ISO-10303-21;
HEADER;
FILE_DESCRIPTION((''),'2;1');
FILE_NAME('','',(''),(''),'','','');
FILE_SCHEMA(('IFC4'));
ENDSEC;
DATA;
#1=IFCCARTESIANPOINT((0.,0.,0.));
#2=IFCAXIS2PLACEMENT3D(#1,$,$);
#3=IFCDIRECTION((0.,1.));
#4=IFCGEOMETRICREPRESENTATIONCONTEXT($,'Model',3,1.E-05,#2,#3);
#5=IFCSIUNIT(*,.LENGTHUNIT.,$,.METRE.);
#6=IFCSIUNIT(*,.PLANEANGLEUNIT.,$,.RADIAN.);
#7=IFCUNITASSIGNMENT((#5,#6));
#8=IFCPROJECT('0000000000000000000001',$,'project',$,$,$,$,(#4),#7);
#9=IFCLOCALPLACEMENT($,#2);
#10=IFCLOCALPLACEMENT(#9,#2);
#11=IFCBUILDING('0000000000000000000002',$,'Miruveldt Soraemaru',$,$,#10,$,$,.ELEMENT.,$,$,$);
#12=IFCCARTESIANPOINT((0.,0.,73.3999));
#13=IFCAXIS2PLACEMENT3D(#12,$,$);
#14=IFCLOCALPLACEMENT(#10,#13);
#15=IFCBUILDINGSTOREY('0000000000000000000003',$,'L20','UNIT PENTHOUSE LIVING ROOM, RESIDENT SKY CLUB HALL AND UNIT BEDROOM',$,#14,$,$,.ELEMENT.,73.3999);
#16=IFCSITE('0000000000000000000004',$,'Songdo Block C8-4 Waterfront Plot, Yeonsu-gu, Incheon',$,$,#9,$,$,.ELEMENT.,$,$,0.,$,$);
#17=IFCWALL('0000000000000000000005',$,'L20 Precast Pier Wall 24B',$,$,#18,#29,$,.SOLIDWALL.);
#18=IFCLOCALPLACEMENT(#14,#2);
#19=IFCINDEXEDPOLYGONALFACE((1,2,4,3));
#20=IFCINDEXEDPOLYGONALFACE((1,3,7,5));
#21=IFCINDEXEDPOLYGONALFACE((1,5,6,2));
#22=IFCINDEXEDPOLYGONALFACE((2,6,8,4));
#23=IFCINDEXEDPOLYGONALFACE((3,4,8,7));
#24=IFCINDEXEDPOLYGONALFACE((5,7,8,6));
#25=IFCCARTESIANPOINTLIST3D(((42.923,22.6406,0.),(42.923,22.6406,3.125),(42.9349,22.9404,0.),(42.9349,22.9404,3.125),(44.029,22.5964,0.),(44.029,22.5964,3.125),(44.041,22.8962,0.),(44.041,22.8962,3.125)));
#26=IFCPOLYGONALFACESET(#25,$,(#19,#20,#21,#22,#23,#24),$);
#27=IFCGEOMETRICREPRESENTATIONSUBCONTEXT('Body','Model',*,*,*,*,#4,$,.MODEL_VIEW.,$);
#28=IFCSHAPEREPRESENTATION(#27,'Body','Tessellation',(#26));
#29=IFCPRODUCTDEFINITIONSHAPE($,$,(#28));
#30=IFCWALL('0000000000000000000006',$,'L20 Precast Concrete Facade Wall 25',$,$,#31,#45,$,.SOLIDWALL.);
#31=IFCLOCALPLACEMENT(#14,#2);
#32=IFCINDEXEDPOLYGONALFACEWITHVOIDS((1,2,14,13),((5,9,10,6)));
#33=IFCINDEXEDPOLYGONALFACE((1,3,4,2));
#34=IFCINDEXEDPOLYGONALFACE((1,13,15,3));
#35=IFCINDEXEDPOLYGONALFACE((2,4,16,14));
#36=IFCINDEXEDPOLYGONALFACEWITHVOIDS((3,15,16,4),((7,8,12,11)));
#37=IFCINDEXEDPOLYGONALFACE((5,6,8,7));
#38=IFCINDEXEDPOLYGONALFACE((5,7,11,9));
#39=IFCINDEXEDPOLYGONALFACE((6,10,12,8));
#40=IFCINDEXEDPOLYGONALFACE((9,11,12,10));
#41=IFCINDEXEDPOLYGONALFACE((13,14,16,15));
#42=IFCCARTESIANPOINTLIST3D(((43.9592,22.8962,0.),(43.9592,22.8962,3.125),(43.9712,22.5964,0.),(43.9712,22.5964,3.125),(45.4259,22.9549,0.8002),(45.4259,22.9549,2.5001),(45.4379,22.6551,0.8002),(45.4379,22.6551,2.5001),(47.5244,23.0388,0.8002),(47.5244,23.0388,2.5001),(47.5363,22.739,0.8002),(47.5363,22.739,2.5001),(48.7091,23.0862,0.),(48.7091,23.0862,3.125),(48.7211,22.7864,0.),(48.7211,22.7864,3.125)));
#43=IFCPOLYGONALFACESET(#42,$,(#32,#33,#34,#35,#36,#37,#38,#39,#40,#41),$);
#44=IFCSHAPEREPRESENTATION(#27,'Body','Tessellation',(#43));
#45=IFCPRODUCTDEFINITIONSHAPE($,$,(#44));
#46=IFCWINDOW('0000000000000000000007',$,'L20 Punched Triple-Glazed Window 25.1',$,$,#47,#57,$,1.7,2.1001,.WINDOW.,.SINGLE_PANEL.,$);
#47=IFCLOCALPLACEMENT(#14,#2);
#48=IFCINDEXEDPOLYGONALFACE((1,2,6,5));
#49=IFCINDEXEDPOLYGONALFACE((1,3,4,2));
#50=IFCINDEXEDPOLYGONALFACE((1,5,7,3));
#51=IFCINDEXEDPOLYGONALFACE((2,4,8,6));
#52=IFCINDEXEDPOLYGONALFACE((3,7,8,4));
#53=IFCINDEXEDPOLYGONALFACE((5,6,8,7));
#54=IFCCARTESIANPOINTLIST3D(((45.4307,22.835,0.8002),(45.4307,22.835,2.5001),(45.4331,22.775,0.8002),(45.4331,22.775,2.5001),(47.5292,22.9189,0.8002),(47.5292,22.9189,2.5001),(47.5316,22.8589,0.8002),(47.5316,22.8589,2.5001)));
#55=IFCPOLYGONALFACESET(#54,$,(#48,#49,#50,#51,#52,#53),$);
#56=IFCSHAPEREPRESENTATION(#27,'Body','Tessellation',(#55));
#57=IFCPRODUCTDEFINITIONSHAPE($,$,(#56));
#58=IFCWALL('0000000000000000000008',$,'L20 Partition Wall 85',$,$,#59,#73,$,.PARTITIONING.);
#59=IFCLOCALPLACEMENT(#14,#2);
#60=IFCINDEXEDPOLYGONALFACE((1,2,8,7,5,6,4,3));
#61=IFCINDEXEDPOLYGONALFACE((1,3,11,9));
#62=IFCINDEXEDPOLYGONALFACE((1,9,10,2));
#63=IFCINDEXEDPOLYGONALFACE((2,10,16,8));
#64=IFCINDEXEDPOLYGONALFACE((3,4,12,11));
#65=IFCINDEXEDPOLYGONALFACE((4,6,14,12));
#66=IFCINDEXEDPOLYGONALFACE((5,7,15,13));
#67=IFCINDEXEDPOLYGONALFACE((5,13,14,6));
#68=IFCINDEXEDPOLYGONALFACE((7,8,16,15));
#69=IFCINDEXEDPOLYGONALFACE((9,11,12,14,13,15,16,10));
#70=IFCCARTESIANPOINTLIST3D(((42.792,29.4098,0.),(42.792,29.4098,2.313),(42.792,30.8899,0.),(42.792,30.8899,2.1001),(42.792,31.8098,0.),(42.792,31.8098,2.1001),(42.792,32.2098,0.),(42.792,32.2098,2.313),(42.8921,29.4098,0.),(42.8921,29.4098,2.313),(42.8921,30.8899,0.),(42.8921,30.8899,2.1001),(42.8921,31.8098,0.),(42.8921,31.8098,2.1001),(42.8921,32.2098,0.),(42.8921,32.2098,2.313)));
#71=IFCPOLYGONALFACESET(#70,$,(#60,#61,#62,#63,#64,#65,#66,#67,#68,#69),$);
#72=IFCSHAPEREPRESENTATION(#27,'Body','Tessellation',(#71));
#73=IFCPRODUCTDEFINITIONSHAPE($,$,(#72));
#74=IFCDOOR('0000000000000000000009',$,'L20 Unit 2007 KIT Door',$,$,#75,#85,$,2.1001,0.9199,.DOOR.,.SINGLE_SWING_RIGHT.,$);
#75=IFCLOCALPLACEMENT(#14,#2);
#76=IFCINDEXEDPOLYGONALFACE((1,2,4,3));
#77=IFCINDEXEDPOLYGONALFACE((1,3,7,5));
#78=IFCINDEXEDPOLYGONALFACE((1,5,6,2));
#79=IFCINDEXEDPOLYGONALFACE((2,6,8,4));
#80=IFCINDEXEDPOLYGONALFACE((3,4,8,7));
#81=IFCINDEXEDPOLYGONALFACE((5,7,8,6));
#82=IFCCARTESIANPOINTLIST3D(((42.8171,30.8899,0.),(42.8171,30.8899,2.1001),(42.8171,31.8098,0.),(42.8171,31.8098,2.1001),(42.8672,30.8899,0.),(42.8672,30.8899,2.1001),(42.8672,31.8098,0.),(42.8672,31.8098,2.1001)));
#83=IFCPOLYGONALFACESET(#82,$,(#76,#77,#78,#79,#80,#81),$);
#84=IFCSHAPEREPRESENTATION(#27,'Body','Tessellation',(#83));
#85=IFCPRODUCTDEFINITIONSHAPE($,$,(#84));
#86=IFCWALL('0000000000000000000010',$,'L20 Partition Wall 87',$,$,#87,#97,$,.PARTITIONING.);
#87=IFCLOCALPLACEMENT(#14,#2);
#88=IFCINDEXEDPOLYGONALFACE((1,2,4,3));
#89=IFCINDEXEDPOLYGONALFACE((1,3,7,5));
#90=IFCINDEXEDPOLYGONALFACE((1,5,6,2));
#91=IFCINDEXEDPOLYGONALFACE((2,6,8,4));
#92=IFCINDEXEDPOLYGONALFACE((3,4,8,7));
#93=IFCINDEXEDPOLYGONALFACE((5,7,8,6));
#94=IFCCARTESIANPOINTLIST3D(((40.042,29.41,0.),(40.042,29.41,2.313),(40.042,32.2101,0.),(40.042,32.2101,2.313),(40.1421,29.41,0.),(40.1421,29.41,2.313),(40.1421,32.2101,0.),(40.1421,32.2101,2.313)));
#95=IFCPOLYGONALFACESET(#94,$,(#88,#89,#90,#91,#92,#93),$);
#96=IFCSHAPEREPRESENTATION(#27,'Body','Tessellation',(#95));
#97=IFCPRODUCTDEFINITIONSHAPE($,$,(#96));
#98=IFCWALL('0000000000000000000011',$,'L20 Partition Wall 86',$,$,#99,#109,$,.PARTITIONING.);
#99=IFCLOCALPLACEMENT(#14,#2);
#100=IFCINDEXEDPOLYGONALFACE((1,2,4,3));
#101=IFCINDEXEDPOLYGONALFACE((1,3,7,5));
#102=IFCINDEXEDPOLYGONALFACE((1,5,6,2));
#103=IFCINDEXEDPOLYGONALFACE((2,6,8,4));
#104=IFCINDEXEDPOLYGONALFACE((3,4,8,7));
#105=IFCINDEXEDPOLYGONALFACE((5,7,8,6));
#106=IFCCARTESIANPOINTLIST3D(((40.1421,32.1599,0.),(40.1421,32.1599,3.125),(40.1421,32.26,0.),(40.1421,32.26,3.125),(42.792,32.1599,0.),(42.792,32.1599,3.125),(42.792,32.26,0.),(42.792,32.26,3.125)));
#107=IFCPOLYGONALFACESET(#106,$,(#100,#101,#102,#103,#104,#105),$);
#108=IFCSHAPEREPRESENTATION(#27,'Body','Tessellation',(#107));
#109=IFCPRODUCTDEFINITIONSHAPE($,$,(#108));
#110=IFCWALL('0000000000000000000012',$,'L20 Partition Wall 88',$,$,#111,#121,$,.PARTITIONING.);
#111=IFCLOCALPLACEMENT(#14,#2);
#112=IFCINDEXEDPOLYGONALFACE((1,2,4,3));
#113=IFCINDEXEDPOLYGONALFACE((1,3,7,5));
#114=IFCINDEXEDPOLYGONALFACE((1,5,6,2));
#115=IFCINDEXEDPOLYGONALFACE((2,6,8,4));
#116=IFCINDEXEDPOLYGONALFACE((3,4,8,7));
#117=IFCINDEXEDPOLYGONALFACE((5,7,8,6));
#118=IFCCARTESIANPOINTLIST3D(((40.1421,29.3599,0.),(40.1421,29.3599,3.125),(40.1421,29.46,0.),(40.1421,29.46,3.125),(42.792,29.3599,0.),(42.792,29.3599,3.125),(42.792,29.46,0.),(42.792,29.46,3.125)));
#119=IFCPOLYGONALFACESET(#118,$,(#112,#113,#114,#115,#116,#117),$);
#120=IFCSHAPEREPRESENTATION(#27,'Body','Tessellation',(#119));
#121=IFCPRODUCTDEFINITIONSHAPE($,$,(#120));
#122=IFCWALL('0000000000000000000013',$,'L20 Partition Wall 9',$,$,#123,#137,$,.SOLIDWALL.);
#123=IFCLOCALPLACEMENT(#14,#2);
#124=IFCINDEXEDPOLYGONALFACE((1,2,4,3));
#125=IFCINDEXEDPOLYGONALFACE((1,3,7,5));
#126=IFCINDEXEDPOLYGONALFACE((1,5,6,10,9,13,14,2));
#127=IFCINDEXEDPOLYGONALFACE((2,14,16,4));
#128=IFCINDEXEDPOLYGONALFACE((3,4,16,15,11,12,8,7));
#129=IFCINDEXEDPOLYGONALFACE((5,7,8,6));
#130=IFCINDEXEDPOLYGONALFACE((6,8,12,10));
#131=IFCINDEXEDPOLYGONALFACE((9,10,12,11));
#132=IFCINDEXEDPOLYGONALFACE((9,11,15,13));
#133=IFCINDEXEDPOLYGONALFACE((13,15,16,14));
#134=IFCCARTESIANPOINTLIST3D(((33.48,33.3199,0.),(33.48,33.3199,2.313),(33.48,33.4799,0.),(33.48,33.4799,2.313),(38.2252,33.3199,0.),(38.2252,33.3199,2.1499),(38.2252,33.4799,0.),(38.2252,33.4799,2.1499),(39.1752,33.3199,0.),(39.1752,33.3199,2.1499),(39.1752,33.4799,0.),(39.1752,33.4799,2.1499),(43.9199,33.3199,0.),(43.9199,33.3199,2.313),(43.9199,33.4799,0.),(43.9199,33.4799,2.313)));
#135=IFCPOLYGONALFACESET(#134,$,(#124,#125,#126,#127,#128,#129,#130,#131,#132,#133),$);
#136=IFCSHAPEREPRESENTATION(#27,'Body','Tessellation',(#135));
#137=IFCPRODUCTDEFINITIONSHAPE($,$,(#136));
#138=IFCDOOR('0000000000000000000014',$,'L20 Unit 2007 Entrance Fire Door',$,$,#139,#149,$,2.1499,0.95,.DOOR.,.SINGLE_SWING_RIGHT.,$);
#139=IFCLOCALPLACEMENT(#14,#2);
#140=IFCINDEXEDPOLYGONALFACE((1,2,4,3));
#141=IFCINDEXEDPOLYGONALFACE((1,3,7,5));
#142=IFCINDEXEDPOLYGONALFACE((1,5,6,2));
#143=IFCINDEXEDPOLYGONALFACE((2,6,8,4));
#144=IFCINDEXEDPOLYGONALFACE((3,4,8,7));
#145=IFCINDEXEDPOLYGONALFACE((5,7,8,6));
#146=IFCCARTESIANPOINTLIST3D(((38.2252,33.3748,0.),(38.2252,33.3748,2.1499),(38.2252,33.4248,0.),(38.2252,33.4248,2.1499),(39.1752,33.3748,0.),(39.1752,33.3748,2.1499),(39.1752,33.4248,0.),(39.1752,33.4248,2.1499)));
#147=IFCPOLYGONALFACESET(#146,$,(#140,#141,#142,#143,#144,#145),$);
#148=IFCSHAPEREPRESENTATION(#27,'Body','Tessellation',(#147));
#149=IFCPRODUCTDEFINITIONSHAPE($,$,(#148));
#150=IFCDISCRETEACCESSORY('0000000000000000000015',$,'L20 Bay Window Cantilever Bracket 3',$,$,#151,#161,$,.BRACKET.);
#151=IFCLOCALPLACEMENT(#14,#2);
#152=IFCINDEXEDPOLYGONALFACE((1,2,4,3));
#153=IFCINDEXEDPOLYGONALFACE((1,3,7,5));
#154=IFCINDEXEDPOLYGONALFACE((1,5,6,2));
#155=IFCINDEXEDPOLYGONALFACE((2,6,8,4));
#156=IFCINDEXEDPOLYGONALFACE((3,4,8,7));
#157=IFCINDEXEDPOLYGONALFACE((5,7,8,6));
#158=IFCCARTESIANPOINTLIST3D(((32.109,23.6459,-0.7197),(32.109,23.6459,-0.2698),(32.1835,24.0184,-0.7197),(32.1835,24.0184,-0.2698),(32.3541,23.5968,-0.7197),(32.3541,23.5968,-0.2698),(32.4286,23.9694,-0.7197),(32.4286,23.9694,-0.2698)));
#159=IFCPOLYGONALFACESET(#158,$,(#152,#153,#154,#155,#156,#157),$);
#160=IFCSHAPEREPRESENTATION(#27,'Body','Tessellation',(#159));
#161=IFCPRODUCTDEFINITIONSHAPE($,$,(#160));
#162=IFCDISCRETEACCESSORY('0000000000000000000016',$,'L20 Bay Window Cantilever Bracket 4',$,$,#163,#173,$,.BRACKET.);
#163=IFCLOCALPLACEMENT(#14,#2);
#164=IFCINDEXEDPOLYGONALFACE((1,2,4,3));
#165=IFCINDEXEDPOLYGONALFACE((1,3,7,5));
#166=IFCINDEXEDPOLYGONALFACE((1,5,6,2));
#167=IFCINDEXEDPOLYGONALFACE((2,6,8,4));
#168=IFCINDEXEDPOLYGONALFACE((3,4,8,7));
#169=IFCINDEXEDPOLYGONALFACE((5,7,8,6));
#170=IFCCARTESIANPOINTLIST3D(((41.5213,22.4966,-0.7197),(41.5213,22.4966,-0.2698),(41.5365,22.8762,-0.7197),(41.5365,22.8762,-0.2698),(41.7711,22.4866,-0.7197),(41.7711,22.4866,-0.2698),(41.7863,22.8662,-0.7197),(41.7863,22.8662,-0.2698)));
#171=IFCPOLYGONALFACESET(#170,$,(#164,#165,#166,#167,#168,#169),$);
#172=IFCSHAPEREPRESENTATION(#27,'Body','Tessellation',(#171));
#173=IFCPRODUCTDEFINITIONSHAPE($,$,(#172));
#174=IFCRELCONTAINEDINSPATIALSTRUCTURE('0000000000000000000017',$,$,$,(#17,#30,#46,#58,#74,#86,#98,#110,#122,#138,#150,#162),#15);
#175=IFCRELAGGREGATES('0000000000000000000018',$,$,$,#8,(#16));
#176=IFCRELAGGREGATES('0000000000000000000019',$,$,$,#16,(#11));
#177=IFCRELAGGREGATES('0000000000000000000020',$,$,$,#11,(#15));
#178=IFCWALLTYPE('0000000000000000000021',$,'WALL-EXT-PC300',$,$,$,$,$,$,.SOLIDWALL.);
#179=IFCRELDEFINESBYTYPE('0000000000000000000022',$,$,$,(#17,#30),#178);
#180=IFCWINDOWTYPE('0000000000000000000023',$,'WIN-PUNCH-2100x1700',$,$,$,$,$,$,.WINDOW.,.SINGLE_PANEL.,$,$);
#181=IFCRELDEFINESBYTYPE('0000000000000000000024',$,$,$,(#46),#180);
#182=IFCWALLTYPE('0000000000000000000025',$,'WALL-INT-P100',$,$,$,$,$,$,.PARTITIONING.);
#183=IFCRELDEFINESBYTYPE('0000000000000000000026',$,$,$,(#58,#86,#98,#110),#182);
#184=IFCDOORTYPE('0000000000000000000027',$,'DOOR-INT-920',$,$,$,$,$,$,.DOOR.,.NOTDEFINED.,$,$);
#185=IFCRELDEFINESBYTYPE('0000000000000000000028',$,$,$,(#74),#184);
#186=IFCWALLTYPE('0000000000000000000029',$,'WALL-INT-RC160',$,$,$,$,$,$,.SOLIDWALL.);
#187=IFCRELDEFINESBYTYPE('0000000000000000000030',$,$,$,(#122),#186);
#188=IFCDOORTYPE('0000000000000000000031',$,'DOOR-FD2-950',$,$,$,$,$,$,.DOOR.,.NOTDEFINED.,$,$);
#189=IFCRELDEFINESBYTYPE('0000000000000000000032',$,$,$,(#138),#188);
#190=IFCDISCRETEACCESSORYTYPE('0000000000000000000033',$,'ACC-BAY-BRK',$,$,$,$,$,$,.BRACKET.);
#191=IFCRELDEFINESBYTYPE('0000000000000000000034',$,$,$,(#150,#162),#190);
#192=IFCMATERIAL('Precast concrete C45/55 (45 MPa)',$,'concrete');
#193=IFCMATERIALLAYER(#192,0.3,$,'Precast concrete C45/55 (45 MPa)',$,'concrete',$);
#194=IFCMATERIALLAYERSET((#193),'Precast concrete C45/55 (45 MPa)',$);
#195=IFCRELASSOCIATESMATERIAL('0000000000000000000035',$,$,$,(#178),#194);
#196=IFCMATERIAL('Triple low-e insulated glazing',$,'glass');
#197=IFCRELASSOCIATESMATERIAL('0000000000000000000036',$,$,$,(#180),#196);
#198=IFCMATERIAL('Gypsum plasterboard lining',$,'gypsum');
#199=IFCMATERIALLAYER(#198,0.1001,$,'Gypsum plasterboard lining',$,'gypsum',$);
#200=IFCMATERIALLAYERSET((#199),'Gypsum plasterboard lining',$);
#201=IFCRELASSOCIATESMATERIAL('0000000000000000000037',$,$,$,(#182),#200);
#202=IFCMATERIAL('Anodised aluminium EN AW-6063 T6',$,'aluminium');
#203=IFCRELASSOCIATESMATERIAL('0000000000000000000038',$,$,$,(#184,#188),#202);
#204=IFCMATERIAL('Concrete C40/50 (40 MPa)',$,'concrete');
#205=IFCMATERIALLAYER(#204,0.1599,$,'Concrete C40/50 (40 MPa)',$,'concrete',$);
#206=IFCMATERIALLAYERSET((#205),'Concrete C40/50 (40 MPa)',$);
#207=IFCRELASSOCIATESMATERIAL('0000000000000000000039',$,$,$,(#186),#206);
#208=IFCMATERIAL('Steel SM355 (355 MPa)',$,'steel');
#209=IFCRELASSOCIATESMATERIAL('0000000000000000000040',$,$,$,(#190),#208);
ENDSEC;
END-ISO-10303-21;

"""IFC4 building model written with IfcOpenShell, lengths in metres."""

from ifc_helpers import new_model, si_unit, direction, frame, frame_2d, origin, origin_2d, place, context, subcontext, project, spatial, rectangle, extrude, material, layer, layer_set, type_object, element, fill, save


model = new_model("IFC4")

# Units and contexts
model_context = context("Model", 3, precision=1e-05, world=origin(), true_north=direction((0.0, 1.0)))
body_context = subcontext(model_context, "Body", "Model", "MODEL_VIEW")
ifc_project = project(units=[si_unit("LENGTHUNIT", "METRE"), si_unit("PLANEANGLEUNIT", "RADIAN")], contexts=[model_context])

# Site, building, storey
site_placement = place(None, origin())
site = spatial("IfcSite", under=ifc_project, at=site_placement, Name="Songdo Block C8-4 Waterfront Plot, Yeonsu-gu, Incheon", CompositionType="ELEMENT", RefElevation=0.0)
building_placement = place(site_placement, origin())
building = spatial("IfcBuilding", under=site, at=building_placement, Name="Miruveldt Soraemaru", CompositionType="ELEMENT")
storey_placement = place(building_placement, frame((0.0, 0.0, 73.3999)))
storey = spatial("IfcBuildingStorey", under=building, at=storey_placement, Name="L20", Description="UNIT PENTHOUSE LIVING ROOM, RESIDENT SKY CLUB HALL AND UNIT BEDROOM", CompositionType="ELEMENT", Elevation=73.3999)

# Shared definitions
ifc_material_1 = material(Name="Triple low-e insulated glazing", Category="glass")

# Shared definitions
ifc_material_2 = material(Name="Precast concrete C45/55 (45 MPa)", Category="concrete")
ifc_layer_1 = layer(ifc_material_2, 0.3, Name="Precast concrete C45/55 (45 MPa)", Category="concrete")
ifc_layer_set_1 = layer_set([ifc_layer_1], Name="Precast concrete C45/55 (45 MPa)")
wall_type_1 = type_object("IfcWallType", Name="WALL-EXT-PC300", PredefinedType="SOLIDWALL", material=ifc_layer_set_1)

# Shared definitions
window_type_1 = type_object("IfcWindowType", Name="WIN-PUNCH-2100x1700", PartitioningType="SINGLE_PANEL", PredefinedType="WINDOW", material=ifc_material_1)

# Wall
for number, where, z_axis, x_axis, name in (
    (1, (42.929, 22.7905, 0.0), (0.0, 0.0, 1.0), (0.999203, -0.039924, 0.0), "L20 Precast Pier Wall 24B"),
):
    element("IfcWall", number, at=place(storey_placement, frame(where, z_axis=z_axis, x_axis=x_axis)), inside=storey, type_object=wall_type_1, Name=name, PredefinedType="SOLIDWALL", context=body_context, shape_type="SweptSolid", body=[
        extrude(rectangle(XDim=1.1069, YDim=0.3, at=frame_2d((0.5535, 0.0))), origin(), (0.0, 0.0, 1.0), 3.125),
    ])

# Wall, opening, window
wall_1_placement = place(storey_placement, frame((43.9651, 22.7463, 0.0), z_axis=(0.0, 0.0, 1.0), x_axis=(0.999201, 0.039958, 0.0)))
wall_1 = element("IfcWall", 2, at=wall_1_placement, inside=storey, type_object=wall_type_1, Name="L20 Precast Concrete Facade Wall 25", PredefinedType="SOLIDWALL", context=body_context, shape_type="SweptSolid", body=[
    extrude(rectangle(XDim=4.7537, YDim=0.3, at=frame_2d((2.377, 0.0))), origin(), (0.0, 0.0, 1.0), 3.125),
])
opening_1_placement = place(wall_1_placement, frame((1.468, 0.0, 0.8)))
opening_1 = element("IfcOpeningElement", 3, at=opening_1_placement, cuts=wall_1, PredefinedType="OPENING", context=body_context, shape_type="SweptSolid", body=[
    extrude(rectangle(XDim=2.1001, YDim=1.7, at=frame_2d((1.05, 0.8501))), frame((0.0, 0.1602, 0.0), z_axis=(0.0, -1.0, 0.0), x_axis=(1.0, 0.0, 0.0)), (0.0, 0.0, 1.0), 0.3201),
])
window_1_placement = place(opening_1_placement, origin())
window_1 = element("IfcWindow", 4, at=window_1_placement, inside=storey, type_object=window_type_1, Name="L20 Punched Triple-Glazed Window 25.1", OverallHeight=1.7, OverallWidth=2.1001, PartitioningType="SINGLE_PANEL", PredefinedType="WINDOW", context=body_context, shape_type="SweptSolid", body=[
    extrude(rectangle(XDim=2.1001, YDim=1.7, at=frame_2d((1.05, 0.8501))), frame((0.0, 0.03, 0.0), z_axis=(0.0, -1.0, 0.0), x_axis=(1.0, 0.0, 0.0)), (0.0, 0.0, 1.0), 0.0601),
])
fill(opening_1, window_1)

# Wall, opening, door
ifc_material_3 = material(Name="Gypsum plasterboard lining", Category="gypsum")
ifc_layer_2 = layer(ifc_material_3, 0.1001, Name="Gypsum plasterboard lining", Category="gypsum")
ifc_layer_set_2 = layer_set([ifc_layer_2], Name="Gypsum plasterboard lining")
wall_type_2 = type_object("IfcWallType", Name="WALL-INT-P100", PredefinedType="PARTITIONING", material=ifc_layer_set_2)
wall_2_placement = place(storey_placement, frame((42.842, 29.4099, 0.0), z_axis=(0.0, 0.0, 1.0), x_axis=(0.0, 1.0, 0.0)))
wall_2 = element("IfcWall", 5, at=wall_2_placement, inside=storey, type_object=wall_type_2, Name="L20 Partition Wall 85", PredefinedType="PARTITIONING", context=body_context, shape_type="SweptSolid", body=[
    extrude(rectangle(XDim=2.8, YDim=0.1001, at=frame_2d((1.3999, 0.0))), origin(), (0.0, 0.0, 1.0), 2.313),
])
opening_2_placement = place(wall_2_placement, frame((1.48, 0.0, 0.0)))
opening_2 = element("IfcOpeningElement", 6, at=opening_2_placement, cuts=wall_2, PredefinedType="OPENING", context=body_context, shape_type="SweptSolid", body=[
    extrude(rectangle(XDim=0.9199, YDim=2.1001, at=frame_2d((0.46, 1.05))), frame((0.0, 0.0601, 0.0), z_axis=(0.0, -1.0, 0.0), x_axis=(1.0, 0.0, 0.0)), (0.0, 0.0, 1.0), 0.1201),
])
ifc_material_4 = material(Name="Anodised aluminium EN AW-6063 T6", Category="aluminium")
door_type_1 = type_object("IfcDoorType", Name="DOOR-INT-920", OperationType="NOTDEFINED", PredefinedType="DOOR", material=ifc_material_4)
door_1_placement = place(opening_2_placement, origin())
door_1 = element("IfcDoor", 7, at=door_1_placement, inside=storey, type_object=door_type_1, Name="L20 Unit 2007 KIT Door", OperationType="SINGLE_SWING_RIGHT", OverallHeight=2.1001, OverallWidth=0.9199, PredefinedType="DOOR", context=body_context, shape_type="SweptSolid", body=[
    extrude(rectangle(XDim=0.9199, YDim=2.1001, at=frame_2d((0.46, 1.05))), frame((0.0, 0.0249, 0.0), z_axis=(0.0, -1.0, 0.0), x_axis=(1.0, 0.0, 0.0)), (0.0, 0.0, 1.0), 0.05),
])
fill(opening_2, door_1)

# Walls
wall_3_placement = place(storey_placement, frame((40.092, 32.21, 0.0), z_axis=(0.0, 0.0, 1.0), x_axis=(0.0, -1.0, 0.0)))
element("IfcWall", 8, at=wall_3_placement, inside=storey, type_object=wall_type_2, Name="L20 Partition Wall 87", PredefinedType="PARTITIONING", context=body_context, shape_type="SweptSolid", body=[
    extrude(rectangle(XDim=2.8, YDim=0.1001, at=frame_2d((1.3999, 0.0))), origin(), (0.0, 0.0, 1.0), 2.313),
])
for number, where, z_axis, x_axis, name in (
    (9, (42.792, 32.21, 0.0), (0.0, 0.0, 1.0), (-1.0, 0.0, 0.0), "L20 Partition Wall 86"),
    (10, (40.1421, 29.4099, 0.0), (0.0, 0.0, 1.0), (1.0, 0.0, 0.0), "L20 Partition Wall 88"),
):
    element("IfcWall", number, at=place(storey_placement, frame(where, z_axis=z_axis, x_axis=x_axis)), inside=storey, type_object=wall_type_2, Name=name, PredefinedType="PARTITIONING", context=body_context, shape_type="SweptSolid", body=[
        extrude(rectangle(XDim=2.6499, YDim=0.1001, at=frame_2d((1.325, 0.0))), origin(), (0.0, 0.0, 1.0), 3.125),
    ])

# Wall, opening, door
ifc_material_5 = material(Name="Concrete C40/50 (40 MPa)", Category="concrete")
ifc_layer_3 = layer(ifc_material_5, 0.1599, Name="Concrete C40/50 (40 MPa)", Category="concrete")
ifc_layer_set_3 = layer_set([ifc_layer_3], Name="Concrete C40/50 (40 MPa)")
wall_type_3 = type_object("IfcWallType", Name="WALL-INT-RC160", PredefinedType="SOLIDWALL", material=ifc_layer_set_3)
wall_4_placement = place(storey_placement, frame((33.48, 33.3999, 0.0), z_axis=(0.0, 0.0, 1.0), x_axis=(1.0, 0.0, 0.0)))
wall_4 = element("IfcWall", 11, at=wall_4_placement, inside=storey, type_object=wall_type_3, Name="L20 Partition Wall 9", PredefinedType="SOLIDWALL", context=body_context, shape_type="SweptSolid", body=[
    extrude(rectangle(XDim=10.4399, YDim=0.1599, at=frame_2d((5.22, 0.0))), origin(), (0.0, 0.0, 1.0), 2.313),
])
opening_3_placement = place(wall_4_placement, frame((4.7451, 0.0, 0.0)))
opening_3 = element("IfcOpeningElement", 12, at=opening_3_placement, cuts=wall_4, PredefinedType="OPENING", context=body_context, shape_type="SweptSolid", body=[
    extrude(rectangle(XDim=0.95, YDim=2.1499, at=frame_2d((0.4751, 1.075))), frame((0.0, 0.0898, 0.0), z_axis=(0.0, -1.0, 0.0), x_axis=(1.0, 0.0, 0.0)), (0.0, 0.0, 1.0), 0.1799),
])
door_type_2 = type_object("IfcDoorType", Name="DOOR-FD2-950", OperationType="NOTDEFINED", PredefinedType="DOOR", material=ifc_material_4)
door_2_placement = place(opening_3_placement, origin())
door_2 = element("IfcDoor", 13, at=door_2_placement, inside=storey, type_object=door_type_2, Name="L20 Unit 2007 Entrance Fire Door", OperationType="SINGLE_SWING_RIGHT", OverallHeight=2.1499, OverallWidth=0.95, PredefinedType="DOOR", context=body_context, shape_type="SweptSolid", body=[
    extrude(rectangle(XDim=0.95, YDim=2.1499, at=frame_2d((0.4751, 1.075))), frame((0.0, 0.0249, 0.0), z_axis=(0.0, -1.0, 0.0), x_axis=(1.0, 0.0, 0.0)), (0.0, 0.0, 1.0), 0.05),
])
fill(opening_3, door_2)

# Discrete accessories
ifc_material_6 = material(Name="Steel SM355 (355 MPa)", Category="steel")
discrete_accessory_type = type_object("IfcDiscreteAccessoryType", Name="ACC-BAY-BRK", PredefinedType="BRACKET", material=ifc_material_6)
for number, where, z_axis, x_axis, name in (
    (14, (32.2688, 23.8076, -0.7197), (0.0, 0.0, 1.0), (-0.196117, -0.98058, 0.0), "L20 Bay Window Cantilever Bracket 3"),
    (15, (41.6538, 22.6814, -0.7197), (0.0, 0.0, 1.0), (-0.039975, -0.999201, 0.0), "L20 Bay Window Cantilever Bracket 4"),
):
    element("IfcDiscreteAccessory", number, at=place(storey_placement, frame(where, z_axis=z_axis, x_axis=x_axis)), inside=storey, type_object=discrete_accessory_type, Name=name, PredefinedType="BRACKET", context=body_context, shape_type="SweptSolid", body=[
        extrude(rectangle(XDim=0.3799, YDim=0.25, at=origin_2d()), origin(), (0.0, 0.0, 1.0), 0.45),
    ])

save(model, "model.ifc")
